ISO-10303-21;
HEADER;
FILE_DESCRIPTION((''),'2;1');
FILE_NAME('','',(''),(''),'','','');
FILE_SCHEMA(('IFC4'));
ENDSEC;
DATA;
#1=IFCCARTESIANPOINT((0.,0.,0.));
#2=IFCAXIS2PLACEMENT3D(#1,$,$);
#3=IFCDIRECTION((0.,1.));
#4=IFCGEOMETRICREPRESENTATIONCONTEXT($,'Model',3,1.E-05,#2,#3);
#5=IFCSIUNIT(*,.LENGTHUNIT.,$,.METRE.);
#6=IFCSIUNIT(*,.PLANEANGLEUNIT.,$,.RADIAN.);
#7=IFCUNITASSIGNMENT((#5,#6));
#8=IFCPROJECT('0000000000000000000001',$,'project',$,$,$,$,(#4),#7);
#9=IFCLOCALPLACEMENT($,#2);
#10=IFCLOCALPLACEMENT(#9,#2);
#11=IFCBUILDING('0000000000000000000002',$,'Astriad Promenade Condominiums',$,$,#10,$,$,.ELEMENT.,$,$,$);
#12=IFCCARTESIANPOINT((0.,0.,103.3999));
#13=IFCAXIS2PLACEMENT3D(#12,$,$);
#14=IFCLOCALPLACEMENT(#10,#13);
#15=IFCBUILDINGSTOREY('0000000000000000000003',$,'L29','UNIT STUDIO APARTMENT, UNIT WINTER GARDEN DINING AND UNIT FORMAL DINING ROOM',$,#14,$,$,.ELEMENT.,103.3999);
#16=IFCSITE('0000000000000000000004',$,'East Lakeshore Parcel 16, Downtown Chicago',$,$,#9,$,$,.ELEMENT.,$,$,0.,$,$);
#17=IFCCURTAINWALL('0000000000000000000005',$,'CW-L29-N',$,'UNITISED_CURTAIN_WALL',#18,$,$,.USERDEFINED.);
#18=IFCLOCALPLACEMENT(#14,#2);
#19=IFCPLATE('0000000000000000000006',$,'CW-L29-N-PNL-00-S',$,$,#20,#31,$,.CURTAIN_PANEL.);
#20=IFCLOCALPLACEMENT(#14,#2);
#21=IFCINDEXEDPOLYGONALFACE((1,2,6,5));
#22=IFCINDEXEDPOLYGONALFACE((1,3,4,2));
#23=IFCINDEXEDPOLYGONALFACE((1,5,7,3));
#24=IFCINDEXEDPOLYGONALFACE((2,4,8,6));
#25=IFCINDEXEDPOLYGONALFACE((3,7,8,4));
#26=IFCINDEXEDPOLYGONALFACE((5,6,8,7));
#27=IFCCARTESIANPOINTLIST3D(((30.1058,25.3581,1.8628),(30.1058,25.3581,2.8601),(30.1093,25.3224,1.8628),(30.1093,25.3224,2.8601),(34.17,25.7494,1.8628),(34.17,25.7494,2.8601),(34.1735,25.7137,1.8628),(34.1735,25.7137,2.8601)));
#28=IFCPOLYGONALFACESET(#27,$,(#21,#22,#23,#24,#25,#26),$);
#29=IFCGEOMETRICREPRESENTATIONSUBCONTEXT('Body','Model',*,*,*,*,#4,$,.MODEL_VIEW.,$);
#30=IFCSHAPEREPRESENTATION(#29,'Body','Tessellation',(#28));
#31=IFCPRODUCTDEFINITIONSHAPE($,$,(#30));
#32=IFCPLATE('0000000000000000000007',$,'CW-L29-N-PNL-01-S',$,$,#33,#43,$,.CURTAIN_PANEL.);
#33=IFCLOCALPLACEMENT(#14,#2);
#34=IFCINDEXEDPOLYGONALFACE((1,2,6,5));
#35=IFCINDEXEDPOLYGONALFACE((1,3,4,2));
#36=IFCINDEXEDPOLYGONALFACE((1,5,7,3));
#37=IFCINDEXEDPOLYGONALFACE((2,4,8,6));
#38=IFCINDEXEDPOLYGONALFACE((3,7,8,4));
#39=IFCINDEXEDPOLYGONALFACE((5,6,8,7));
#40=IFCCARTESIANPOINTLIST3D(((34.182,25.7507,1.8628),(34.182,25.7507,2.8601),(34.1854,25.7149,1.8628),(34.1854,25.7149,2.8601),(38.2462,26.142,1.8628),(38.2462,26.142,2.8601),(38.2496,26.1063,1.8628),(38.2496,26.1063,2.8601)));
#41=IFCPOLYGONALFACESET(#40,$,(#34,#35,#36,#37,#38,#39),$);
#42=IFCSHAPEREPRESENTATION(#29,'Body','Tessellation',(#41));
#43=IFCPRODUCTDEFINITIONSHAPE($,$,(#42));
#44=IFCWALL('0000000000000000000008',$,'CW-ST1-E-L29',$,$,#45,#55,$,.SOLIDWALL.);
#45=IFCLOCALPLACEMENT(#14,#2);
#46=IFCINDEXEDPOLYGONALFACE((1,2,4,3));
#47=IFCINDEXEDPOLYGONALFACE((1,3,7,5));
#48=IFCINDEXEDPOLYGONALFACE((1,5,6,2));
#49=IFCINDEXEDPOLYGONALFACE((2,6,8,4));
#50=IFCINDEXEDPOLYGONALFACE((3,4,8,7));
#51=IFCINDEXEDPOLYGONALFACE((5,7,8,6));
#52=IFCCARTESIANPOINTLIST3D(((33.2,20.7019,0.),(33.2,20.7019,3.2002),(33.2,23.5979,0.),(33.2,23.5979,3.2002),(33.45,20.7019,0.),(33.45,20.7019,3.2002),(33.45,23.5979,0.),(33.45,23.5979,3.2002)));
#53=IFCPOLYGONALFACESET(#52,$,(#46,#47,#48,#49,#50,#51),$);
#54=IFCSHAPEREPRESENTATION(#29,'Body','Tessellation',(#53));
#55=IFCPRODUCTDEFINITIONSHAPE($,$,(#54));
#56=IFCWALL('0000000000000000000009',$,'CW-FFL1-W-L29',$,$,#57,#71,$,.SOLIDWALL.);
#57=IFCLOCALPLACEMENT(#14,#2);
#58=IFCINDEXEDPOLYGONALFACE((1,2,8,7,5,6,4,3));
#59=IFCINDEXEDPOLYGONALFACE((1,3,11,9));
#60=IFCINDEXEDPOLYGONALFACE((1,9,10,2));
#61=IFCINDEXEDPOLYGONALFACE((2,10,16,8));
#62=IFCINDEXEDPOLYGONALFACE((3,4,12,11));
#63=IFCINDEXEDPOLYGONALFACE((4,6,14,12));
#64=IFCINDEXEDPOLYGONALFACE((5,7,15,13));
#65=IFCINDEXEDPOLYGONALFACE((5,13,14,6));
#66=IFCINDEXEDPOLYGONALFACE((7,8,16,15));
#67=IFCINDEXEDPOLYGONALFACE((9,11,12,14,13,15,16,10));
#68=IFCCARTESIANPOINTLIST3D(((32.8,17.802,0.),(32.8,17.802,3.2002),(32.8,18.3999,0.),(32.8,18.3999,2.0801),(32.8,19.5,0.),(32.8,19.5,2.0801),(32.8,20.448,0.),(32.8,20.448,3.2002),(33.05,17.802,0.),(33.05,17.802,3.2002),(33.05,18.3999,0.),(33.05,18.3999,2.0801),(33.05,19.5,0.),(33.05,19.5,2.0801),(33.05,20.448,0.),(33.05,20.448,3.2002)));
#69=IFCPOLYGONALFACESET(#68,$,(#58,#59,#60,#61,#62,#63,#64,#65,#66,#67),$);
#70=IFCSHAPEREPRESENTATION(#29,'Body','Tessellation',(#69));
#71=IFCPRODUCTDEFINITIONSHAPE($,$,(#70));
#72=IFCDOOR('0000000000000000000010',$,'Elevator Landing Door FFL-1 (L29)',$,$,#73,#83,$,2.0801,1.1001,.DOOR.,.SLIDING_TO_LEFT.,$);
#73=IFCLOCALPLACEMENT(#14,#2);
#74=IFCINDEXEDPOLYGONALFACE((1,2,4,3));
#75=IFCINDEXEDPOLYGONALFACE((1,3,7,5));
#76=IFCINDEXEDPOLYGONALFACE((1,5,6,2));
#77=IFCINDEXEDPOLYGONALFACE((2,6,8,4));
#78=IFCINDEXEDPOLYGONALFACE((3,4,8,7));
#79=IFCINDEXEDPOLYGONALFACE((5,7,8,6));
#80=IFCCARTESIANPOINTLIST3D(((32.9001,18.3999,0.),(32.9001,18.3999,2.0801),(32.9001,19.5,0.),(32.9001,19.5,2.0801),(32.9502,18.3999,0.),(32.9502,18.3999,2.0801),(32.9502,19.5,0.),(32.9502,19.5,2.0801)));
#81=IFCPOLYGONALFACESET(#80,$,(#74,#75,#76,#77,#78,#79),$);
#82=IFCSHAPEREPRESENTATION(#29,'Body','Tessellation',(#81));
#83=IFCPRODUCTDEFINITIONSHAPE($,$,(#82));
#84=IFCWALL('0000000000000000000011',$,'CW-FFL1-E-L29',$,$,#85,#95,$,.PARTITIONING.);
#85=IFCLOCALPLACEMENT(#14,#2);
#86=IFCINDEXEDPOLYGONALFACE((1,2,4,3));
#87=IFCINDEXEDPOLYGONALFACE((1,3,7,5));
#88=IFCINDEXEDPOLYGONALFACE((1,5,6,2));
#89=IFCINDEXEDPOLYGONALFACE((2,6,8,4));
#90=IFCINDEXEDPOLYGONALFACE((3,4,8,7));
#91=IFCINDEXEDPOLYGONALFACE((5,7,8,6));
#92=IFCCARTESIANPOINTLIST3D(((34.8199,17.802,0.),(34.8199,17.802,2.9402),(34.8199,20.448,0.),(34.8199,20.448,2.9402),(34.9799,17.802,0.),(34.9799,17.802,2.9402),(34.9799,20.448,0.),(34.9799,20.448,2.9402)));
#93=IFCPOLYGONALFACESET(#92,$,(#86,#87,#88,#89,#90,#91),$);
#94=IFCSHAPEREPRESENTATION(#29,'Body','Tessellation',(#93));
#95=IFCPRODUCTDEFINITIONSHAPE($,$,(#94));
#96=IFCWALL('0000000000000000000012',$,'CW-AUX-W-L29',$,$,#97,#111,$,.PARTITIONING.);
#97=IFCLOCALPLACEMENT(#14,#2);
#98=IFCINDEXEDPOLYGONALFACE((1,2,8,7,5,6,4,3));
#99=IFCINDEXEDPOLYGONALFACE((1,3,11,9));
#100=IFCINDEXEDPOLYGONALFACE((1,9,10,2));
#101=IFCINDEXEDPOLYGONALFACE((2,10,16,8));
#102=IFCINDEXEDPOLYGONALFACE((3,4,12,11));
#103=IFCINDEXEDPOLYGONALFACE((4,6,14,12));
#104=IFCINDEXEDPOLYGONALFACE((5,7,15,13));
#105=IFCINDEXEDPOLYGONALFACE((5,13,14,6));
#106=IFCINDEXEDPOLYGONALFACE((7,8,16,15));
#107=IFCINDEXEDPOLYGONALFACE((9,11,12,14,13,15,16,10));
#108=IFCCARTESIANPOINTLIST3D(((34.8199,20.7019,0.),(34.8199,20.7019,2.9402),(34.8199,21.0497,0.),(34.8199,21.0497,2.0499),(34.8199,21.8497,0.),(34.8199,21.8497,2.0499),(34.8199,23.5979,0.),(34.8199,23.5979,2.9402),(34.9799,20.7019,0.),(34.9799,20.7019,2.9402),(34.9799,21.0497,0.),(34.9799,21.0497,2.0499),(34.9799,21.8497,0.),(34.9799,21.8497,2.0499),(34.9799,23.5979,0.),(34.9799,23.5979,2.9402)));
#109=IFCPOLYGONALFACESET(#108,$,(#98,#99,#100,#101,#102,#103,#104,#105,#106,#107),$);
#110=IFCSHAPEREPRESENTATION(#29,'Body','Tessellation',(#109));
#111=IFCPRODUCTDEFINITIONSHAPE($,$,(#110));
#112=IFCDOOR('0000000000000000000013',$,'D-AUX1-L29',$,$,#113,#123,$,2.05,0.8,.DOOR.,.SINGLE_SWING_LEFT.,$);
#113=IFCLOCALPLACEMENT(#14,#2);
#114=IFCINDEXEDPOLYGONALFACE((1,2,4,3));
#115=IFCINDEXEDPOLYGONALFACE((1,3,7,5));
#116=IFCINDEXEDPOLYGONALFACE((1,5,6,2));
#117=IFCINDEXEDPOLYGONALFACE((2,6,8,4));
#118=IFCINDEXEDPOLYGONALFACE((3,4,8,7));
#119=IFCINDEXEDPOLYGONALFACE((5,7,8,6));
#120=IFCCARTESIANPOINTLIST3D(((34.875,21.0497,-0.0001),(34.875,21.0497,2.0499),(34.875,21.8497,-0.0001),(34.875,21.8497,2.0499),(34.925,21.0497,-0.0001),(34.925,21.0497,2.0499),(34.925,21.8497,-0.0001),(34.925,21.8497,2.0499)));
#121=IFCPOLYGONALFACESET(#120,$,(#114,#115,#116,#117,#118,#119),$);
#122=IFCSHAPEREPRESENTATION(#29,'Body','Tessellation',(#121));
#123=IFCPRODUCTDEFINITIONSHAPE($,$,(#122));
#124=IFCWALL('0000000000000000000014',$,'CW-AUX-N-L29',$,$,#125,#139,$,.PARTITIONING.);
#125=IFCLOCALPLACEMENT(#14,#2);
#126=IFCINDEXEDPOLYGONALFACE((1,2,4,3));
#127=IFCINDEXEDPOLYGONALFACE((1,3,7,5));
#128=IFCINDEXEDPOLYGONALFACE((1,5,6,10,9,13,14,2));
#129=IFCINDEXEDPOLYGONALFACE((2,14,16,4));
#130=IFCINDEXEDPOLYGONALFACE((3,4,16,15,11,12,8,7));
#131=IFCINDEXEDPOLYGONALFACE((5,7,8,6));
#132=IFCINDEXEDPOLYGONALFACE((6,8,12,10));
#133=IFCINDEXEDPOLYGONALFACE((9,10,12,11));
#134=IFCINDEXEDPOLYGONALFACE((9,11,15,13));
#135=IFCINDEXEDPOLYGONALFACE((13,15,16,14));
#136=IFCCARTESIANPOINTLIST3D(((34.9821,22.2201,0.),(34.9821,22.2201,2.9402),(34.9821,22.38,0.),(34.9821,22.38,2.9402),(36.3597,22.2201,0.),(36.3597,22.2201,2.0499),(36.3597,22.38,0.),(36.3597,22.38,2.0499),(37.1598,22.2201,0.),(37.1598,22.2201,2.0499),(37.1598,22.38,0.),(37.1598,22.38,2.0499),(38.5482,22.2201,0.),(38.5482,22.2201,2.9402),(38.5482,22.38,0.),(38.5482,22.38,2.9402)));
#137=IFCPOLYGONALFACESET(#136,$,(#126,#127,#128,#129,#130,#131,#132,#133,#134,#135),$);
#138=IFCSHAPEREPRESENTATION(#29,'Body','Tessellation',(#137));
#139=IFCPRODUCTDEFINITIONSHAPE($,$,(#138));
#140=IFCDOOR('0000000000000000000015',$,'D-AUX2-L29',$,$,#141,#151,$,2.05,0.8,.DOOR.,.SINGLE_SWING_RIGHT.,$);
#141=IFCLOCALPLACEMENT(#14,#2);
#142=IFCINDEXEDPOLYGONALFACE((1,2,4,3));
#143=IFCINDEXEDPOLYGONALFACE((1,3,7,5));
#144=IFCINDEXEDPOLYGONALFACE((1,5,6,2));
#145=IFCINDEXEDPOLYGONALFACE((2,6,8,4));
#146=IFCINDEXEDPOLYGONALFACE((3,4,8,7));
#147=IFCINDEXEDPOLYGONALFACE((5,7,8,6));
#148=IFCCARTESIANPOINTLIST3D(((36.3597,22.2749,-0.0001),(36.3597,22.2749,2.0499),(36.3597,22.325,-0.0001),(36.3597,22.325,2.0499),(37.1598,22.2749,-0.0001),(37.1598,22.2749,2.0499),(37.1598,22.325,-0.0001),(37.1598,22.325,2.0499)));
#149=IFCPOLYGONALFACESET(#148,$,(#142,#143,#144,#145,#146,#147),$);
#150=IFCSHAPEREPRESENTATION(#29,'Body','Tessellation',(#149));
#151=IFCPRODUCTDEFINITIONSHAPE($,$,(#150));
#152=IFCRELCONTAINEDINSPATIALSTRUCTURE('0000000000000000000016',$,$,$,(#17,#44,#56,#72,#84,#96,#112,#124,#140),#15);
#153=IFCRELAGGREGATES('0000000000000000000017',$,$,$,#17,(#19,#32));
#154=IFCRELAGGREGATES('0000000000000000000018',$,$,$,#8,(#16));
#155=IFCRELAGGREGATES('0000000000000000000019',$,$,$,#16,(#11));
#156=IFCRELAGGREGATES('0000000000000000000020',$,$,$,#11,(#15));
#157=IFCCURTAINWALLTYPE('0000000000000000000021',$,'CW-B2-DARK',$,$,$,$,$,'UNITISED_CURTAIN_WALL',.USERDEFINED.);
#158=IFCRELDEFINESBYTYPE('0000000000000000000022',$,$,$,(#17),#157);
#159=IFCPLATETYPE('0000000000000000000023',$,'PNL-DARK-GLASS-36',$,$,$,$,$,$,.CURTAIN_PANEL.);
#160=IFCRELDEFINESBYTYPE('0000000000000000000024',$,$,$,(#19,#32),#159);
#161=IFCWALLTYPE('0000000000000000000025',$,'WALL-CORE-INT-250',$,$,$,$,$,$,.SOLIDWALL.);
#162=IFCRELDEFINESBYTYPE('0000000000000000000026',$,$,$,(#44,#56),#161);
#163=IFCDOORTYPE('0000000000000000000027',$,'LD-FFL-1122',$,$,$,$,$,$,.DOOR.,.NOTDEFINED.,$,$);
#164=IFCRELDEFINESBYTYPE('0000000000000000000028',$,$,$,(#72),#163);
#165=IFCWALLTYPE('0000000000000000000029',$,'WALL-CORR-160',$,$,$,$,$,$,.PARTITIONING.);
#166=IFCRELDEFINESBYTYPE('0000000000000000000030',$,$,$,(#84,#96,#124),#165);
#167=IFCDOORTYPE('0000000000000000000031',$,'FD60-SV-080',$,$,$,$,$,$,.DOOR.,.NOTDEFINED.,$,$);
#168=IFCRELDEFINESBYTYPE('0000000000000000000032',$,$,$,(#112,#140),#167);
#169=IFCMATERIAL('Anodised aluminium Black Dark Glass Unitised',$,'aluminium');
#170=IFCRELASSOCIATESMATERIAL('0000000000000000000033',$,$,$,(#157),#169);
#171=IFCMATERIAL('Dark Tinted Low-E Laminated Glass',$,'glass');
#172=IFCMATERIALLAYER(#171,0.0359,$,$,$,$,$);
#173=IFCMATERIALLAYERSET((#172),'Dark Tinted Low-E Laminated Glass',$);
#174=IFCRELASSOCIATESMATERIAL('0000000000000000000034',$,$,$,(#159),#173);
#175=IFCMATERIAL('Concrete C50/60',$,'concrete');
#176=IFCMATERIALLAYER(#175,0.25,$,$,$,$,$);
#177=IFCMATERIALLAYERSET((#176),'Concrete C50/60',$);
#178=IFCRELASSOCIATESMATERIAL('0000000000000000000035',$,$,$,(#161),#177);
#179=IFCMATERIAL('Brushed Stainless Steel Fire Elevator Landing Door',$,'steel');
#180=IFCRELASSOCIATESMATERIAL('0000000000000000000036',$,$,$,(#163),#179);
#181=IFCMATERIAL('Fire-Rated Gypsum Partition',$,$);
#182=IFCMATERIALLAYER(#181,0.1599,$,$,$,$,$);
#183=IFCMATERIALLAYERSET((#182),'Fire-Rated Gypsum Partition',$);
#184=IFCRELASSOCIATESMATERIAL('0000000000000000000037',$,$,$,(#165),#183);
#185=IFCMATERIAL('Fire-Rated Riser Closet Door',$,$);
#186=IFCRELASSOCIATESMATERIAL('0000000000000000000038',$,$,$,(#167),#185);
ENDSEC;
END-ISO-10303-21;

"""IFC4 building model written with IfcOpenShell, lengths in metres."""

from ifc_helpers import new_model, si_unit, direction, frame, frame_2d, origin, origin_2d, place, context, subcontext, project, spatial, rectangle, extrude, source, transform, mapped, material, layer, layer_set, type_object, type_shapes, element, fill, aggregate, save


model = new_model("IFC4")

# Units and contexts
model_context = context("Model", 3, precision=1e-05, world=origin(), true_north=direction((0.0, 1.0)))
body_context = subcontext(model_context, "Body", "Model", "MODEL_VIEW")
ifc_project = project(units=[si_unit("LENGTHUNIT", "METRE"), si_unit("PLANEANGLEUNIT", "RADIAN")], contexts=[model_context])

# Site, building, storey
site_placement = place(None, origin())
site = spatial("IfcSite", under=ifc_project, at=site_placement, Name="East Lakeshore Parcel 16, Downtown Chicago", CompositionType="ELEMENT", RefElevation=0.0)
building_placement = place(site_placement, origin())
building = spatial("IfcBuilding", under=site, at=building_placement, Name="Astriad Promenade Condominiums", CompositionType="ELEMENT")
storey_placement = place(building_placement, frame((0.0, 0.0, 103.3999)))
storey = spatial("IfcBuildingStorey", under=building, at=storey_placement, Name="L29", Description="UNIT STUDIO APARTMENT, UNIT WINTER GARDEN DINING AND UNIT FORMAL DINING ROOM", CompositionType="ELEMENT", Elevation=103.3999)

# Curtain wall, plates
ifc_material_1 = material(Name="Anodised aluminium Black Dark Glass Unitised", Category="aluminium")
curtain_wall_type = type_object("IfcCurtainWallType", Name="CW-B2-DARK", ElementType="UNITISED_CURTAIN_WALL", PredefinedType="USERDEFINED", material=ifc_material_1)
curtain_wall_placement = place(storey_placement, origin())
curtain_wall = element("IfcCurtainWall", 1, at=curtain_wall_placement, inside=storey, type_object=curtain_wall_type, Name="CW-L29-N", ObjectType="UNITISED_CURTAIN_WALL", PredefinedType="USERDEFINED")
ifc_material_2 = material(Name="Dark Tinted Low-E Laminated Glass", Category="glass")
ifc_layer_1 = layer(ifc_material_2, 0.0359)
ifc_layer_set_1 = layer_set([ifc_layer_1], Name="Dark Tinted Low-E Laminated Glass")
plate_type = type_object("IfcPlateType", Name="PNL-DARK-GLASS-36", PredefinedType="CURTAIN_PANEL", material=ifc_layer_set_1)
shared_shape_1 = source(origin(), body_context, "Body", "SweptSolid", [
    extrude(rectangle(XDim=4.083, YDim=0.0359, at=origin_2d()), origin(), (0.0, 0.0, 1.0), 0.9973),
])
plate_1_placement = place(storey_placement, frame((32.1396, 25.5359, 1.8628), z_axis=(0.0, 0.0, 1.0), x_axis=(0.995396, 0.095846, 0.0)))
plate_1 = element("IfcPlate", 2, at=plate_1_placement, type_object=plate_type, Name="CW-L29-N-PNL-00-S", PredefinedType="CURTAIN_PANEL", context=body_context, shape_type="MappedRepresentation", body=[
    mapped(shared_shape_1, transform((0.0, 0.0, 0.0), scale=1.0)),
])
plate_2_placement = place(storey_placement, frame((36.2158, 25.9285, 1.8628), z_axis=(0.0, 0.0, 1.0), x_axis=(0.995396, 0.095846, 0.0)))
plate_2 = element("IfcPlate", 3, at=plate_2_placement, type_object=plate_type, Name="CW-L29-N-PNL-01-S", PredefinedType="CURTAIN_PANEL", context=body_context, shape_type="MappedRepresentation", body=[
    mapped(shared_shape_1, transform((0.0, 0.0, 0.0), scale=1.0)),
])
aggregate(curtain_wall, [plate_1, plate_2])

# Wall
ifc_material_3 = material(Name="Concrete C50/60", Category="concrete")
ifc_layer_2 = layer(ifc_material_3, 0.25)
ifc_layer_set_2 = layer_set([ifc_layer_2], Name="Concrete C50/60")
wall_type_1 = type_object("IfcWallType", Name="WALL-CORE-INT-250", PredefinedType="SOLIDWALL", material=ifc_layer_set_2)
wall_1_placement = place(storey_placement, frame((33.325, 20.7019, 0.0), z_axis=(0.0, 0.0, 1.0), x_axis=(0.0, 1.0, 0.0)))
element("IfcWall", 4, at=wall_1_placement, inside=storey, type_object=wall_type_1, Name="CW-ST1-E-L29", PredefinedType="SOLIDWALL", context=body_context, shape_type="SweptSolid", body=[
    extrude(rectangle(XDim=2.896, YDim=0.25, at=frame_2d((1.448, 0.0))), origin(), (0.0, 0.0, 1.0), 3.2002),
])

# Wall, opening, door
wall_2_placement = place(storey_placement, frame((32.925, 17.802, 0.0), z_axis=(0.0, 0.0, 1.0), x_axis=(0.0, 1.0, 0.0)))
wall_2 = element("IfcWall", 5, at=wall_2_placement, inside=storey, type_object=wall_type_1, Name="CW-FFL1-W-L29", PredefinedType="SOLIDWALL", context=body_context, shape_type="SweptSolid", body=[
    extrude(rectangle(XDim=2.646, YDim=0.25, at=frame_2d((1.323, 0.0))), origin(), (0.0, 0.0, 1.0), 3.2002),
])
opening_1_placement = place(wall_2_placement, frame((0.5979, 0.0, 0.0)))
opening_1 = element("IfcOpeningElement", 6, at=opening_1_placement, cuts=wall_2, PredefinedType="OPENING", context=body_context, shape_type="SweptSolid", body=[
    extrude(rectangle(XDim=1.1001, YDim=2.0801, at=frame_2d((0.55, 1.04))), frame((0.0, 0.135, 0.0), z_axis=(0.0, -1.0, 0.0), x_axis=(1.0, 0.0, 0.0)), (0.0, 0.0, 1.0), 0.27),
])
ifc_material_4 = material(Name="Brushed Stainless Steel Fire Elevator Landing Door", Category="steel")
door_type_1 = type_object("IfcDoorType", Name="LD-FFL-1122", OperationType="NOTDEFINED", PredefinedType="DOOR", material=ifc_material_4)
shared_shape_2 = source(origin(), body_context, "Body", "SweptSolid", [
    extrude(rectangle(XDim=1.1001, YDim=2.0801, at=frame_2d((0.55, 1.04))), frame((0.0, 0.0249, 0.0), z_axis=(0.0, -1.0, 0.0), x_axis=(1.0, 0.0, 0.0)), (0.0, 0.0, 1.0), 0.05),
])
type_shapes(door_type_1, [shared_shape_2])
door_1_placement = place(opening_1_placement, origin())
door_1 = element("IfcDoor", 7, at=door_1_placement, inside=storey, type_object=door_type_1, Name="Elevator Landing Door FFL-1 (L29)", OperationType="SLIDING_TO_LEFT", OverallHeight=2.0801, OverallWidth=1.1001, PredefinedType="DOOR", context=body_context, shape_type="MappedRepresentation", body=[
    mapped(shared_shape_2, transform((0.0, 0.0, 0.0), scale=1.0)),
])
fill(opening_1, door_1)

# Wall
ifc_material_5 = material(Name="Fire-Rated Gypsum Partition")
ifc_layer_3 = layer(ifc_material_5, 0.1599)
ifc_layer_set_3 = layer_set([ifc_layer_3], Name="Fire-Rated Gypsum Partition")
wall_type_2 = type_object("IfcWallType", Name="WALL-CORR-160", PredefinedType="PARTITIONING", material=ifc_layer_set_3)
wall_3_placement = place(storey_placement, frame((34.8999, 17.802, 0.0), z_axis=(0.0, 0.0, 1.0), x_axis=(0.0, 1.0, 0.0)))
element("IfcWall", 8, at=wall_3_placement, inside=storey, type_object=wall_type_2, Name="CW-FFL1-E-L29", PredefinedType="PARTITIONING", context=body_context, shape_type="SweptSolid", body=[
    extrude(rectangle(XDim=2.646, YDim=0.1599, at=frame_2d((1.323, 0.0))), origin(), (0.0, 0.0, 1.0), 2.9402),
])

# Walls, openings, doors
wall_4_placement = place(storey_placement, frame((34.8999, 20.7019, 0.0), z_axis=(0.0, 0.0, 1.0), x_axis=(0.0, 1.0, 0.0)))
wall_4 = element("IfcWall", 9, at=wall_4_placement, inside=storey, type_object=wall_type_2, Name="CW-AUX-W-L29", PredefinedType="PARTITIONING", context=body_context, shape_type="SweptSolid", body=[
    extrude(rectangle(XDim=2.896, YDim=0.1599, at=frame_2d((1.448, 0.0))), origin(), (0.0, 0.0, 1.0), 2.9402),
])
opening_2_placement = place(wall_4_placement, frame((0.3479, 0.0, 0.0)))
opening_2 = element("IfcOpeningElement", 10, at=opening_2_placement, cuts=wall_4, PredefinedType="OPENING", context=body_context, shape_type="SweptSolid", body=[
    extrude(rectangle(XDim=0.8, YDim=2.05, at=frame_2d((0.3999, 1.0249))), frame((0.0, 0.0898, 0.0), z_axis=(0.0, -1.0, 0.0), x_axis=(1.0, 0.0, 0.0)), (0.0, 0.0, 1.0), 0.1799),
])
ifc_material_6 = material(Name="Fire-Rated Riser Closet Door")
door_type_2 = type_object("IfcDoorType", Name="FD60-SV-080", OperationType="NOTDEFINED", PredefinedType="DOOR", material=ifc_material_6)
shared_shape_3 = source(origin(), body_context, "Body", "SweptSolid", [
    extrude(rectangle(XDim=0.8, YDim=2.05, at=frame_2d((0.3999, 1.0249))), frame((0.0, 0.0249, 0.0), z_axis=(0.0, -1.0, 0.0), x_axis=(1.0, 0.0, 0.0)), (0.0, 0.0, 1.0), 0.05),
])
type_shapes(door_type_2, [shared_shape_3])
door_2_placement = place(opening_2_placement, origin())
door_2 = element("IfcDoor", 11, at=door_2_placement, inside=storey, type_object=door_type_2, Name="D-AUX1-L29", OperationType="SINGLE_SWING_LEFT", OverallHeight=2.05, OverallWidth=0.8, PredefinedType="DOOR", context=body_context, shape_type="MappedRepresentation", body=[
    mapped(shared_shape_3, transform((0.0, 0.0, 0.0), scale=1.0)),
])
fill(opening_2, door_2)
wall_5_placement = place(storey_placement, frame((34.9819, 22.3, 0.0), z_axis=(0.0, 0.0, 1.0), x_axis=(1.0, 0.0, 0.0)))
wall_5 = element("IfcWall", 12, at=wall_5_placement, inside=storey, type_object=wall_type_2, Name="CW-AUX-N-L29", PredefinedType="PARTITIONING", context=body_context, shape_type="SweptSolid", body=[
    extrude(rectangle(XDim=3.5662, YDim=0.1599, at=frame_2d((1.7832, 0.0))), origin(), (0.0, 0.0, 1.0), 2.9402),
])
opening_3_placement = place(wall_5_placement, frame((1.3779, 0.0, 0.0)))
opening_3 = element("IfcOpeningElement", 13, at=opening_3_placement, cuts=wall_5, PredefinedType="OPENING", context=body_context, shape_type="SweptSolid", body=[
    extrude(rectangle(XDim=0.8, YDim=2.05, at=frame_2d((0.3999, 1.0249))), frame((0.0, 0.0898, 0.0), z_axis=(0.0, -1.0, 0.0), x_axis=(1.0, 0.0, 0.0)), (0.0, 0.0, 1.0), 0.1799),
])
door_3_placement = place(opening_3_placement, origin())
door_3 = element("IfcDoor", 14, at=door_3_placement, inside=storey, type_object=door_type_2, Name="D-AUX2-L29", OperationType="SINGLE_SWING_RIGHT", OverallHeight=2.05, OverallWidth=0.8, PredefinedType="DOOR", context=body_context, shape_type="MappedRepresentation", body=[
    mapped(shared_shape_3, transform((0.0, 0.0, 0.0), scale=1.0)),
])
fill(opening_3, door_3)

save(model, "model.ifc")
